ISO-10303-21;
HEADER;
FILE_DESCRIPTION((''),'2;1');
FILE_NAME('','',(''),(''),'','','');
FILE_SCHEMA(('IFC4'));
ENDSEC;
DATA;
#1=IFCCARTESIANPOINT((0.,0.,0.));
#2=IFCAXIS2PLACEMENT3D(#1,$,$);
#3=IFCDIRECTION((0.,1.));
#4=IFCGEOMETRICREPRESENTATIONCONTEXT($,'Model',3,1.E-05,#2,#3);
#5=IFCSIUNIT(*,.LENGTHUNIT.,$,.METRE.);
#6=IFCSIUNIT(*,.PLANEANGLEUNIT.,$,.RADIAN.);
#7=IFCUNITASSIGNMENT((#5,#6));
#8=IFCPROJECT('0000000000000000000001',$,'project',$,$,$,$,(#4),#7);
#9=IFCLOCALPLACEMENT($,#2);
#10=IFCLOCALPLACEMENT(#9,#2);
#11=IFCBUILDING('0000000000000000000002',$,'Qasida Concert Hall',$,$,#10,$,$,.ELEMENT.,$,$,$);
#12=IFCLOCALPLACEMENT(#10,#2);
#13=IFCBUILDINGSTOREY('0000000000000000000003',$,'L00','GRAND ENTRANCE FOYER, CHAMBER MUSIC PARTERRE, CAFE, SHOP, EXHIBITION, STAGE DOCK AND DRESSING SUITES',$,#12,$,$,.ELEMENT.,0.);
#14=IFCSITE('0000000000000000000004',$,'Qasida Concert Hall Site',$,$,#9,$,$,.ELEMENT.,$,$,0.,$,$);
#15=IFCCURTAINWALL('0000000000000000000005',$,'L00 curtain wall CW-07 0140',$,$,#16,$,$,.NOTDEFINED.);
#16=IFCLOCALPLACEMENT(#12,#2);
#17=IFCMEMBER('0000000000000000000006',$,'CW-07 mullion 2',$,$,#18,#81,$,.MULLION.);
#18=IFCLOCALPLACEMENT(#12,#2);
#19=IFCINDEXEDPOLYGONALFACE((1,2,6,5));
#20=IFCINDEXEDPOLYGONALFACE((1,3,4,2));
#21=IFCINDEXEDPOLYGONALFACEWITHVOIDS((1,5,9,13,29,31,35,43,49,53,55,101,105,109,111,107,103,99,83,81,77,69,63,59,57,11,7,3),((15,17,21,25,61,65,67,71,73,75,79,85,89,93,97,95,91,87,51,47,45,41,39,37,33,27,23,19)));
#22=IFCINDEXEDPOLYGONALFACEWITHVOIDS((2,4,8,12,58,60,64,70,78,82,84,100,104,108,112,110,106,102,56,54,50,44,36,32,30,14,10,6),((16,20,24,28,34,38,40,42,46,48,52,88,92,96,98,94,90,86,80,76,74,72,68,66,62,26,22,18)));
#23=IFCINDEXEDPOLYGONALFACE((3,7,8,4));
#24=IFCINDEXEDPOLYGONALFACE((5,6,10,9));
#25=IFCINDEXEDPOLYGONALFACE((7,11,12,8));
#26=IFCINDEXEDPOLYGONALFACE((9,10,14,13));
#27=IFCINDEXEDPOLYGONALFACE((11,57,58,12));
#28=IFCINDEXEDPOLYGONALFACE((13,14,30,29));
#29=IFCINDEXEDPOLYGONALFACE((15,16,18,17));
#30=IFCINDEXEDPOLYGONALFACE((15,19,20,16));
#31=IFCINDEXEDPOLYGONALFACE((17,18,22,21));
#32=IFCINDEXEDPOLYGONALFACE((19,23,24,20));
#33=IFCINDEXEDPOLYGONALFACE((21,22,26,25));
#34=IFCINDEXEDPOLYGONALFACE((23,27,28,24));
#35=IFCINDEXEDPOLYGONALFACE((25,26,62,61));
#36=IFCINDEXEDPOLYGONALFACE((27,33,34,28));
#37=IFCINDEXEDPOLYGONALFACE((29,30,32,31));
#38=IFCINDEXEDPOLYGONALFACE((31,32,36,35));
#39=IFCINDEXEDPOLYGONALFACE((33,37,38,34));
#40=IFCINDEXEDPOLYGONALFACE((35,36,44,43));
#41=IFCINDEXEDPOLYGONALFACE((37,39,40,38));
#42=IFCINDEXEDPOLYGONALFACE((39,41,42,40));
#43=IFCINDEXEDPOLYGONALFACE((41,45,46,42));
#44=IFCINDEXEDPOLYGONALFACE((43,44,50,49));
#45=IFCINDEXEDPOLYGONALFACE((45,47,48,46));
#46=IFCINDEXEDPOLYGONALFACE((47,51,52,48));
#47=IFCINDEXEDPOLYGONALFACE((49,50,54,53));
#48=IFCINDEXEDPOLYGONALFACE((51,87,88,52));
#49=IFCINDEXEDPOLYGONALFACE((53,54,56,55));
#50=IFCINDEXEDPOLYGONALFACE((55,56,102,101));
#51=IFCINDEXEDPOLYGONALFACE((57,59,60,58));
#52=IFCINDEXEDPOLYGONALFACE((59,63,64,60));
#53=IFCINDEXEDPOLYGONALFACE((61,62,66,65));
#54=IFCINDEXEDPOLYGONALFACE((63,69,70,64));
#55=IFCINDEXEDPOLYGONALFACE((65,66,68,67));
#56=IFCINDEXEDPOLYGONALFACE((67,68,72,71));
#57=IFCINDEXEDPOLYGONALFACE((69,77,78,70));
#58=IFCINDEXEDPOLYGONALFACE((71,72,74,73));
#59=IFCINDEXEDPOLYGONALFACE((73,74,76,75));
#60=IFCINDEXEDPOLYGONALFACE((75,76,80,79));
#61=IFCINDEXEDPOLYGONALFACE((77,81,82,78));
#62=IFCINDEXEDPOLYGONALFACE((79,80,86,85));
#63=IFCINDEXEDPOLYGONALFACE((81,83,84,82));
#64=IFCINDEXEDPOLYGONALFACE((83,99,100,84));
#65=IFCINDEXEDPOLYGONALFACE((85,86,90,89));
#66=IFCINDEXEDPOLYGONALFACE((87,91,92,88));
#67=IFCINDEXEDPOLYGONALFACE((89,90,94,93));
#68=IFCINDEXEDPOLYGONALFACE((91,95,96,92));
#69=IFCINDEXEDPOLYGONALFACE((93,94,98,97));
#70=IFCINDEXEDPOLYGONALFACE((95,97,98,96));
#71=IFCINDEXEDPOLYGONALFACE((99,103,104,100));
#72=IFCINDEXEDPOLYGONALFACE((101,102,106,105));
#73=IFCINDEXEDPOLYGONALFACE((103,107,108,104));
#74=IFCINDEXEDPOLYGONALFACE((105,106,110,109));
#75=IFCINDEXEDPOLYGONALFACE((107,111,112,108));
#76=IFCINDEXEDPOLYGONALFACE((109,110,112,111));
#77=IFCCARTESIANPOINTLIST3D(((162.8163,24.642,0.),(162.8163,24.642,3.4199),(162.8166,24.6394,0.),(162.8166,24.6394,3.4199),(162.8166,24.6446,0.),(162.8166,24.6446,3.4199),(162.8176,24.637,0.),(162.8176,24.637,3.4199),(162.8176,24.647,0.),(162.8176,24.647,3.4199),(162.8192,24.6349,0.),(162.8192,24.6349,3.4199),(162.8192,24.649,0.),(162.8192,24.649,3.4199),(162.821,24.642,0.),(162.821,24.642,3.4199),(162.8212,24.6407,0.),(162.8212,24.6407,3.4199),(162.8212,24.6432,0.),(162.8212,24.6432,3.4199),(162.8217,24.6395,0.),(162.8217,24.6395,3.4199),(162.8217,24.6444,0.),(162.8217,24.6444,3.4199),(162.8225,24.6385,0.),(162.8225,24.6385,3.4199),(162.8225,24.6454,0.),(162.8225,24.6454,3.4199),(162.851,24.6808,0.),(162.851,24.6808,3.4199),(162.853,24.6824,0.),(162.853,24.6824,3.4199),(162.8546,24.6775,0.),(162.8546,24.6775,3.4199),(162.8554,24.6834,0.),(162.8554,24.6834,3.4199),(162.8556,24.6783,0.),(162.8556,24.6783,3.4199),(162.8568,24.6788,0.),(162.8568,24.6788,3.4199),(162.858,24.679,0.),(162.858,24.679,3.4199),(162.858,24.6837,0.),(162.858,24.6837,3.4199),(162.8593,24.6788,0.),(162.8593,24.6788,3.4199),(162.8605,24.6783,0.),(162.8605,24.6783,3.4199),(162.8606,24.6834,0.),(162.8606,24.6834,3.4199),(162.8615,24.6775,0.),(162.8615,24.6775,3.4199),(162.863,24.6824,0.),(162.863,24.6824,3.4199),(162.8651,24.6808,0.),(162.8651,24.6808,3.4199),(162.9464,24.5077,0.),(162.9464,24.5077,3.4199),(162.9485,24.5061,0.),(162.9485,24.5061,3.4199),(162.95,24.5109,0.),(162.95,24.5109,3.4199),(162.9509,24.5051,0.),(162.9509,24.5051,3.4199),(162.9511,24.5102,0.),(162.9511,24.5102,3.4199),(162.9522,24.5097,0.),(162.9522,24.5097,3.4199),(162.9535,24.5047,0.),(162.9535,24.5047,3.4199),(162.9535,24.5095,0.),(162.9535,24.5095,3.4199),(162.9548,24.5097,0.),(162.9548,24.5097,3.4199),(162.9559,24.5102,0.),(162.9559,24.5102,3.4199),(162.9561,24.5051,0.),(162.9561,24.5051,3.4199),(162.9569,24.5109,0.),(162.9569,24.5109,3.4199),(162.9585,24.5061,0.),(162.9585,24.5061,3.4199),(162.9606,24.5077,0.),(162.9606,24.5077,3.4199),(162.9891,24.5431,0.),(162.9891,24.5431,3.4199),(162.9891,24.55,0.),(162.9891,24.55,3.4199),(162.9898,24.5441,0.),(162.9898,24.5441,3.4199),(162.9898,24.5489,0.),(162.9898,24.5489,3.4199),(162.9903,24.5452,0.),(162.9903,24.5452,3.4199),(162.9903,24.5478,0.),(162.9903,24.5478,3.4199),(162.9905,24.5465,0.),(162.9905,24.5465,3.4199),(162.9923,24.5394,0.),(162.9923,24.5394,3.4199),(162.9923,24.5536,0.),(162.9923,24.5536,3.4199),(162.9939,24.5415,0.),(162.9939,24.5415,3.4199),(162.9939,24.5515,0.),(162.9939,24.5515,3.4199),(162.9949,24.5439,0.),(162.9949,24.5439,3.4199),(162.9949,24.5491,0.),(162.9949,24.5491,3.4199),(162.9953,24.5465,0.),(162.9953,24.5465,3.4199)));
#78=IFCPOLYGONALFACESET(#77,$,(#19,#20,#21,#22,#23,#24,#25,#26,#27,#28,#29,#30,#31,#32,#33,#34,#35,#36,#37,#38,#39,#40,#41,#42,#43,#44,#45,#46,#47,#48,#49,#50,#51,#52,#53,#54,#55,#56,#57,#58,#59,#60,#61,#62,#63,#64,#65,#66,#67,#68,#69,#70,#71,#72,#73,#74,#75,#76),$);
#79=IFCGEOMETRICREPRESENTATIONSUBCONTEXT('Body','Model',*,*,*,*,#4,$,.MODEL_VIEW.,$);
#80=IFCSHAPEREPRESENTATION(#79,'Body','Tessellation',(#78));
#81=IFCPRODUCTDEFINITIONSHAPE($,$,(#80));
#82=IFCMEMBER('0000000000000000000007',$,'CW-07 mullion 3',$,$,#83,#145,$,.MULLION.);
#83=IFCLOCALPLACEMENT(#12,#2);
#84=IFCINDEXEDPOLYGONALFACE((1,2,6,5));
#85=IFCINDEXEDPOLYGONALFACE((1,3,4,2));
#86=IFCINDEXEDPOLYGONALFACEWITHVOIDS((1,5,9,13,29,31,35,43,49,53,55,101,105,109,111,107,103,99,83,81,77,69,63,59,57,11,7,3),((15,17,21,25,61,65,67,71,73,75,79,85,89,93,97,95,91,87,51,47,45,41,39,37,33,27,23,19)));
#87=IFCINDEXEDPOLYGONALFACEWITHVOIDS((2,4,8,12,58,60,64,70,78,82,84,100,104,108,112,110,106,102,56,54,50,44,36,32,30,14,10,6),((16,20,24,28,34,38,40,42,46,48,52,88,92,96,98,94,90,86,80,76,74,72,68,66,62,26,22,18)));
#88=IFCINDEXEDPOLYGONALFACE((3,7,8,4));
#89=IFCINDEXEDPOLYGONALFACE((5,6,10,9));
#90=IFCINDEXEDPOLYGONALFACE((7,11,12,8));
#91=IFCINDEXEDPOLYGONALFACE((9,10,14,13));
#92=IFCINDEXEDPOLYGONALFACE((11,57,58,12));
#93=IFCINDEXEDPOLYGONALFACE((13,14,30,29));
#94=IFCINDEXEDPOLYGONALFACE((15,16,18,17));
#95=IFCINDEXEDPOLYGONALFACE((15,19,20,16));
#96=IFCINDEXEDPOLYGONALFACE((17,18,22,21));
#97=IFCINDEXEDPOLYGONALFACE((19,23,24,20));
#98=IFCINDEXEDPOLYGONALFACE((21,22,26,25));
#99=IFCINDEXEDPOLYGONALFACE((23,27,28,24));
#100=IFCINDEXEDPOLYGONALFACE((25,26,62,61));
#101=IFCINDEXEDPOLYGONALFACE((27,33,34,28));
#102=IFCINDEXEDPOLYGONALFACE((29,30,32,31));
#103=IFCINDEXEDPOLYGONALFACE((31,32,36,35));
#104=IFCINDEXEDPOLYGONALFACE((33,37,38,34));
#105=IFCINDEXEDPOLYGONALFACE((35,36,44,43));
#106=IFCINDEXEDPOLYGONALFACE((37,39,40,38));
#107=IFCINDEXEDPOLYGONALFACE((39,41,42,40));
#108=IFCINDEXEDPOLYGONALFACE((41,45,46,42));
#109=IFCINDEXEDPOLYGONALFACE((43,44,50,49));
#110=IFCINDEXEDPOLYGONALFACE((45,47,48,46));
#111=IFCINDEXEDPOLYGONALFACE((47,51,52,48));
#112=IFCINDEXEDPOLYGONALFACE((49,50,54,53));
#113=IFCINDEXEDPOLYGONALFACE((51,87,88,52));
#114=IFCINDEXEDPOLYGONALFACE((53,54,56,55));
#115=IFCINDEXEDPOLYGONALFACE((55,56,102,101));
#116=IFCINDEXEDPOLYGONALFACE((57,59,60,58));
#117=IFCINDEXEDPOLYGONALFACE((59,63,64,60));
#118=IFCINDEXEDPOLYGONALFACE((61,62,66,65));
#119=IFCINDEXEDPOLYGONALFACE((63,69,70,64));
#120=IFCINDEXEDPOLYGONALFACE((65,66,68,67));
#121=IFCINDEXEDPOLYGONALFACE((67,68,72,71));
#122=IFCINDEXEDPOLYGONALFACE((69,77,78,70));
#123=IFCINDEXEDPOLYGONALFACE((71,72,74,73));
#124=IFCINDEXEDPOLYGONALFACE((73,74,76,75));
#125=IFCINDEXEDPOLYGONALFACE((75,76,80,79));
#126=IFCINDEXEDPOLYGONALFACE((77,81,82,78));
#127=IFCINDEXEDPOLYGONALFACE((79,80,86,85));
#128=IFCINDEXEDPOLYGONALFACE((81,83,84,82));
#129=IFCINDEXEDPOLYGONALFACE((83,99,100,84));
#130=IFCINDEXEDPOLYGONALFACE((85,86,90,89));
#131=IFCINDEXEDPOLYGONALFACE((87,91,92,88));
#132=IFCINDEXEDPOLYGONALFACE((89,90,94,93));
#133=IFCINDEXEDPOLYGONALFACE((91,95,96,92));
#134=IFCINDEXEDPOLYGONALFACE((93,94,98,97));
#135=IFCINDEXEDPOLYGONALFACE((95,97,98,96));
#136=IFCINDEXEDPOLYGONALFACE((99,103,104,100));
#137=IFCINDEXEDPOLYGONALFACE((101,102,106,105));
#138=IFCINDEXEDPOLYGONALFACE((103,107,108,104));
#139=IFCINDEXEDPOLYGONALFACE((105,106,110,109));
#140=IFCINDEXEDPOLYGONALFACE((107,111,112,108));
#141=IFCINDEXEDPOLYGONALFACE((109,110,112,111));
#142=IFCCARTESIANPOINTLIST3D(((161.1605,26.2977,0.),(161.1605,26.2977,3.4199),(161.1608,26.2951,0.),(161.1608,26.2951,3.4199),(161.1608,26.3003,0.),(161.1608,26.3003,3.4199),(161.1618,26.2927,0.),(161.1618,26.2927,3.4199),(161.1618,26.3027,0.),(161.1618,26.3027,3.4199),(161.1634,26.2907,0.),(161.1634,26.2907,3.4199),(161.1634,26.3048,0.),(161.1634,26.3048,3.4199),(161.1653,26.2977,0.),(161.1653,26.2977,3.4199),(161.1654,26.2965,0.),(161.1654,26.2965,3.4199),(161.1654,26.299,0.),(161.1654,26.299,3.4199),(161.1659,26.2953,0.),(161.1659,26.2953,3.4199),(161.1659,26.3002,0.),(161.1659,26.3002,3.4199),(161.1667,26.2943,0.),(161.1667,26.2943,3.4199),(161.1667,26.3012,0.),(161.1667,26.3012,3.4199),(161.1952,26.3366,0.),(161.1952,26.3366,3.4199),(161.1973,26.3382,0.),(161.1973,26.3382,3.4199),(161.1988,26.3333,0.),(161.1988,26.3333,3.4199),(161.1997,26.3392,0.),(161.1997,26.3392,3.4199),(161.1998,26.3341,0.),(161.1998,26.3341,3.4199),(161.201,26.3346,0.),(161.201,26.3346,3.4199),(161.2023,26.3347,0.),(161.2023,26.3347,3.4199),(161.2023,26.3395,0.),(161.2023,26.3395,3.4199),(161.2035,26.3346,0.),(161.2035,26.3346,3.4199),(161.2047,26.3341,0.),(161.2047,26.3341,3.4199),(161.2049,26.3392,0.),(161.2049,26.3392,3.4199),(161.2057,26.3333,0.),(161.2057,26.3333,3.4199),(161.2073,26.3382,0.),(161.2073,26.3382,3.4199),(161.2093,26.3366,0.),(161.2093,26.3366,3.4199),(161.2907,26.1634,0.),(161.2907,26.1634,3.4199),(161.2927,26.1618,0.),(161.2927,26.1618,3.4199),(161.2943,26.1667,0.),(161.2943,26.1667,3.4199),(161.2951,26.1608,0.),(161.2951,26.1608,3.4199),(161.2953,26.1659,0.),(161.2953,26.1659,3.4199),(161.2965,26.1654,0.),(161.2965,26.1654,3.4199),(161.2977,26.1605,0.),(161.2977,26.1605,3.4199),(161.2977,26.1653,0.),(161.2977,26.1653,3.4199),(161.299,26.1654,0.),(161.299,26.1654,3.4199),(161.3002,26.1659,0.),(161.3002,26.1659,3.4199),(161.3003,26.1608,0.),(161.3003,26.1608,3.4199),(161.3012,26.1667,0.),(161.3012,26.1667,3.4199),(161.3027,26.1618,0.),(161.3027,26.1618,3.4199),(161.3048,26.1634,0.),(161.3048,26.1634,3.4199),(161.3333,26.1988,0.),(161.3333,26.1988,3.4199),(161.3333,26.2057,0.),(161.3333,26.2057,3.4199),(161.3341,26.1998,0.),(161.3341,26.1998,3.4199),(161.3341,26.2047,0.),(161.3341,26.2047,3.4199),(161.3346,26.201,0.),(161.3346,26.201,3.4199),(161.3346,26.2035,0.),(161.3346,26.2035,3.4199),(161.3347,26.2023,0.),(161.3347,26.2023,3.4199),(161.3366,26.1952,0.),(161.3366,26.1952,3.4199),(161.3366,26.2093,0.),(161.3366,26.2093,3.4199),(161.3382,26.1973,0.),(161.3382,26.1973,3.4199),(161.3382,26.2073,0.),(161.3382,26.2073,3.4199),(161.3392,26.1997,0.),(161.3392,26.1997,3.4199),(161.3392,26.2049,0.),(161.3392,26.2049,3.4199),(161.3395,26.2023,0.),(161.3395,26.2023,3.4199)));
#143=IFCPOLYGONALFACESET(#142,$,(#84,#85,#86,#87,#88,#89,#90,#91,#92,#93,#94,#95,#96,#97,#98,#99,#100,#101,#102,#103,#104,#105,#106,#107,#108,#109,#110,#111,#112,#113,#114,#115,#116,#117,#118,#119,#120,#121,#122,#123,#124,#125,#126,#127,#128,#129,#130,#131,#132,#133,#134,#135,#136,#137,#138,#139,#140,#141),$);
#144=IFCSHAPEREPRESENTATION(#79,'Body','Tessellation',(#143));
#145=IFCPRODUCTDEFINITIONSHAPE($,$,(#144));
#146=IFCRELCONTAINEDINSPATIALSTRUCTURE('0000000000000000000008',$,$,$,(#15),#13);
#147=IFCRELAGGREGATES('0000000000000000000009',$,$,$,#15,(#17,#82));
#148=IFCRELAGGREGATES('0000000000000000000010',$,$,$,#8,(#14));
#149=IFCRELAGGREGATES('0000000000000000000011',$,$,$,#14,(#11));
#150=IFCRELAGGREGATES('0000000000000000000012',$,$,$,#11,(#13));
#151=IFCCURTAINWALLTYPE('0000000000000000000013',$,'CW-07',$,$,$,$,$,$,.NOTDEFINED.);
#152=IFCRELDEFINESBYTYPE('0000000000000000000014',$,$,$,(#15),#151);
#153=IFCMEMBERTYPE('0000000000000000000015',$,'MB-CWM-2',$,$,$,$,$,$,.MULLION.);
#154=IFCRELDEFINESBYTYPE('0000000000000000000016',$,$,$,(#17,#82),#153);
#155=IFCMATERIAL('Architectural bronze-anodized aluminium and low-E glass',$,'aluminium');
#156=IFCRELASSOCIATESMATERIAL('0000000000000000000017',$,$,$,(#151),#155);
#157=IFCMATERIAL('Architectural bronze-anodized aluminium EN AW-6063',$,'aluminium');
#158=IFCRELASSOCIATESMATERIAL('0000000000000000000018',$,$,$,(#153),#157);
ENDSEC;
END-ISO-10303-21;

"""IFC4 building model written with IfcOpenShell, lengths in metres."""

from ifc_helpers import new_model, si_unit, direction, frame, origin, origin_2d, place, context, subcontext, project, spatial, hollow_rectangle, extrude, material, material_profile, profile_set, type_object, element, aggregate, save


model = new_model("IFC4")

# Units and contexts
model_context = context("Model", 3, precision=1e-05, world=origin(), true_north=direction((0.0, 1.0)))
body_context = subcontext(model_context, "Body", "Model", "MODEL_VIEW")
ifc_project = project(units=[si_unit("LENGTHUNIT", "METRE"), si_unit("PLANEANGLEUNIT", "RADIAN")], contexts=[model_context])

# Site, building, storey
site_placement = place(None, origin())
site = spatial("IfcSite", under=ifc_project, at=site_placement, Name="Qasida Concert Hall Site", CompositionType="ELEMENT", RefElevation=0.0)
building_placement = place(site_placement, origin())
building = spatial("IfcBuilding", under=site, at=building_placement, Name="Qasida Concert Hall", CompositionType="ELEMENT")
storey_placement = place(building_placement, origin())
storey = spatial("IfcBuildingStorey", under=building, at=storey_placement, Name="L00", Description="GRAND ENTRANCE FOYER, CHAMBER MUSIC PARTERRE, CAFE, SHOP, EXHIBITION, STAGE DOCK AND DRESSING SUITES", CompositionType="ELEMENT", Elevation=0.0)

# Curtain wall, members
ifc_material_1 = material(Name="Architectural bronze-anodized aluminium and low-E glass", Category="aluminium")
curtain_wall_type = type_object("IfcCurtainWallType", Name="CW-07", PredefinedType="NOTDEFINED", material=ifc_material_1)
curtain_wall_placement = place(storey_placement, origin())
curtain_wall = element("IfcCurtainWall", 1, at=curtain_wall_placement, inside=storey, type_object=curtain_wall_type, Name="L00 curtain wall CW-07 0140", PredefinedType="NOTDEFINED")
ifc_material_2 = material(Name="Architectural bronze-anodized aluminium EN AW-6063", Category="aluminium")
ifc_material_profile_1 = material_profile(ifc_material_2, hollow_rectangle(XDim=0.0649, YDim=0.2, WallThickness=0.0049, InnerFilletRadius=0.0049, OuterFilletRadius=0.01, at=origin_2d()), Name="CWM 200x65x5")
ifc_profile_set_1 = profile_set([ifc_material_profile_1], Name="Architectural bronze-anodized aluminium EN AW-6063")
member_type_1 = type_object("IfcMemberType", Name="MB-CWM-2", PredefinedType="MULLION", material=ifc_profile_set_1)
member_1_placement = place(storey_placement, frame((162.9058, 24.5942, 0.0), z_axis=(0.0, 0.0, 1.0), x_axis=(-0.707107, -0.707107, 0.0)))
member_1 = element("IfcMember", 2, at=member_1_placement, type_object=member_type_1, Name="CW-07 mullion 2", PredefinedType="MULLION", context=body_context, shape_type="SweptSolid", body=[
    extrude(hollow_rectangle(XDim=0.0649, YDim=0.2, WallThickness=0.0049, InnerFilletRadius=0.0049, OuterFilletRadius=0.01, at=origin_2d()), origin(), (0.0, 0.0, 1.0), 3.4199),
])
member_2_placement = place(storey_placement, frame((161.25, 26.25, 0.0), z_axis=(0.0, 0.0, 1.0), x_axis=(-0.707107, -0.707107, 0.0)))
member_2 = element("IfcMember", 3, at=member_2_placement, type_object=member_type_1, Name="CW-07 mullion 3", PredefinedType="MULLION", context=body_context, shape_type="SweptSolid", body=[
    extrude(hollow_rectangle(XDim=0.0649, YDim=0.2, WallThickness=0.0049, InnerFilletRadius=0.0049, OuterFilletRadius=0.01, at=origin_2d()), origin(), (0.0, 0.0, 1.0), 3.4199),
])
aggregate(curtain_wall, [member_1, member_2])

save(model, "model.ifc")
